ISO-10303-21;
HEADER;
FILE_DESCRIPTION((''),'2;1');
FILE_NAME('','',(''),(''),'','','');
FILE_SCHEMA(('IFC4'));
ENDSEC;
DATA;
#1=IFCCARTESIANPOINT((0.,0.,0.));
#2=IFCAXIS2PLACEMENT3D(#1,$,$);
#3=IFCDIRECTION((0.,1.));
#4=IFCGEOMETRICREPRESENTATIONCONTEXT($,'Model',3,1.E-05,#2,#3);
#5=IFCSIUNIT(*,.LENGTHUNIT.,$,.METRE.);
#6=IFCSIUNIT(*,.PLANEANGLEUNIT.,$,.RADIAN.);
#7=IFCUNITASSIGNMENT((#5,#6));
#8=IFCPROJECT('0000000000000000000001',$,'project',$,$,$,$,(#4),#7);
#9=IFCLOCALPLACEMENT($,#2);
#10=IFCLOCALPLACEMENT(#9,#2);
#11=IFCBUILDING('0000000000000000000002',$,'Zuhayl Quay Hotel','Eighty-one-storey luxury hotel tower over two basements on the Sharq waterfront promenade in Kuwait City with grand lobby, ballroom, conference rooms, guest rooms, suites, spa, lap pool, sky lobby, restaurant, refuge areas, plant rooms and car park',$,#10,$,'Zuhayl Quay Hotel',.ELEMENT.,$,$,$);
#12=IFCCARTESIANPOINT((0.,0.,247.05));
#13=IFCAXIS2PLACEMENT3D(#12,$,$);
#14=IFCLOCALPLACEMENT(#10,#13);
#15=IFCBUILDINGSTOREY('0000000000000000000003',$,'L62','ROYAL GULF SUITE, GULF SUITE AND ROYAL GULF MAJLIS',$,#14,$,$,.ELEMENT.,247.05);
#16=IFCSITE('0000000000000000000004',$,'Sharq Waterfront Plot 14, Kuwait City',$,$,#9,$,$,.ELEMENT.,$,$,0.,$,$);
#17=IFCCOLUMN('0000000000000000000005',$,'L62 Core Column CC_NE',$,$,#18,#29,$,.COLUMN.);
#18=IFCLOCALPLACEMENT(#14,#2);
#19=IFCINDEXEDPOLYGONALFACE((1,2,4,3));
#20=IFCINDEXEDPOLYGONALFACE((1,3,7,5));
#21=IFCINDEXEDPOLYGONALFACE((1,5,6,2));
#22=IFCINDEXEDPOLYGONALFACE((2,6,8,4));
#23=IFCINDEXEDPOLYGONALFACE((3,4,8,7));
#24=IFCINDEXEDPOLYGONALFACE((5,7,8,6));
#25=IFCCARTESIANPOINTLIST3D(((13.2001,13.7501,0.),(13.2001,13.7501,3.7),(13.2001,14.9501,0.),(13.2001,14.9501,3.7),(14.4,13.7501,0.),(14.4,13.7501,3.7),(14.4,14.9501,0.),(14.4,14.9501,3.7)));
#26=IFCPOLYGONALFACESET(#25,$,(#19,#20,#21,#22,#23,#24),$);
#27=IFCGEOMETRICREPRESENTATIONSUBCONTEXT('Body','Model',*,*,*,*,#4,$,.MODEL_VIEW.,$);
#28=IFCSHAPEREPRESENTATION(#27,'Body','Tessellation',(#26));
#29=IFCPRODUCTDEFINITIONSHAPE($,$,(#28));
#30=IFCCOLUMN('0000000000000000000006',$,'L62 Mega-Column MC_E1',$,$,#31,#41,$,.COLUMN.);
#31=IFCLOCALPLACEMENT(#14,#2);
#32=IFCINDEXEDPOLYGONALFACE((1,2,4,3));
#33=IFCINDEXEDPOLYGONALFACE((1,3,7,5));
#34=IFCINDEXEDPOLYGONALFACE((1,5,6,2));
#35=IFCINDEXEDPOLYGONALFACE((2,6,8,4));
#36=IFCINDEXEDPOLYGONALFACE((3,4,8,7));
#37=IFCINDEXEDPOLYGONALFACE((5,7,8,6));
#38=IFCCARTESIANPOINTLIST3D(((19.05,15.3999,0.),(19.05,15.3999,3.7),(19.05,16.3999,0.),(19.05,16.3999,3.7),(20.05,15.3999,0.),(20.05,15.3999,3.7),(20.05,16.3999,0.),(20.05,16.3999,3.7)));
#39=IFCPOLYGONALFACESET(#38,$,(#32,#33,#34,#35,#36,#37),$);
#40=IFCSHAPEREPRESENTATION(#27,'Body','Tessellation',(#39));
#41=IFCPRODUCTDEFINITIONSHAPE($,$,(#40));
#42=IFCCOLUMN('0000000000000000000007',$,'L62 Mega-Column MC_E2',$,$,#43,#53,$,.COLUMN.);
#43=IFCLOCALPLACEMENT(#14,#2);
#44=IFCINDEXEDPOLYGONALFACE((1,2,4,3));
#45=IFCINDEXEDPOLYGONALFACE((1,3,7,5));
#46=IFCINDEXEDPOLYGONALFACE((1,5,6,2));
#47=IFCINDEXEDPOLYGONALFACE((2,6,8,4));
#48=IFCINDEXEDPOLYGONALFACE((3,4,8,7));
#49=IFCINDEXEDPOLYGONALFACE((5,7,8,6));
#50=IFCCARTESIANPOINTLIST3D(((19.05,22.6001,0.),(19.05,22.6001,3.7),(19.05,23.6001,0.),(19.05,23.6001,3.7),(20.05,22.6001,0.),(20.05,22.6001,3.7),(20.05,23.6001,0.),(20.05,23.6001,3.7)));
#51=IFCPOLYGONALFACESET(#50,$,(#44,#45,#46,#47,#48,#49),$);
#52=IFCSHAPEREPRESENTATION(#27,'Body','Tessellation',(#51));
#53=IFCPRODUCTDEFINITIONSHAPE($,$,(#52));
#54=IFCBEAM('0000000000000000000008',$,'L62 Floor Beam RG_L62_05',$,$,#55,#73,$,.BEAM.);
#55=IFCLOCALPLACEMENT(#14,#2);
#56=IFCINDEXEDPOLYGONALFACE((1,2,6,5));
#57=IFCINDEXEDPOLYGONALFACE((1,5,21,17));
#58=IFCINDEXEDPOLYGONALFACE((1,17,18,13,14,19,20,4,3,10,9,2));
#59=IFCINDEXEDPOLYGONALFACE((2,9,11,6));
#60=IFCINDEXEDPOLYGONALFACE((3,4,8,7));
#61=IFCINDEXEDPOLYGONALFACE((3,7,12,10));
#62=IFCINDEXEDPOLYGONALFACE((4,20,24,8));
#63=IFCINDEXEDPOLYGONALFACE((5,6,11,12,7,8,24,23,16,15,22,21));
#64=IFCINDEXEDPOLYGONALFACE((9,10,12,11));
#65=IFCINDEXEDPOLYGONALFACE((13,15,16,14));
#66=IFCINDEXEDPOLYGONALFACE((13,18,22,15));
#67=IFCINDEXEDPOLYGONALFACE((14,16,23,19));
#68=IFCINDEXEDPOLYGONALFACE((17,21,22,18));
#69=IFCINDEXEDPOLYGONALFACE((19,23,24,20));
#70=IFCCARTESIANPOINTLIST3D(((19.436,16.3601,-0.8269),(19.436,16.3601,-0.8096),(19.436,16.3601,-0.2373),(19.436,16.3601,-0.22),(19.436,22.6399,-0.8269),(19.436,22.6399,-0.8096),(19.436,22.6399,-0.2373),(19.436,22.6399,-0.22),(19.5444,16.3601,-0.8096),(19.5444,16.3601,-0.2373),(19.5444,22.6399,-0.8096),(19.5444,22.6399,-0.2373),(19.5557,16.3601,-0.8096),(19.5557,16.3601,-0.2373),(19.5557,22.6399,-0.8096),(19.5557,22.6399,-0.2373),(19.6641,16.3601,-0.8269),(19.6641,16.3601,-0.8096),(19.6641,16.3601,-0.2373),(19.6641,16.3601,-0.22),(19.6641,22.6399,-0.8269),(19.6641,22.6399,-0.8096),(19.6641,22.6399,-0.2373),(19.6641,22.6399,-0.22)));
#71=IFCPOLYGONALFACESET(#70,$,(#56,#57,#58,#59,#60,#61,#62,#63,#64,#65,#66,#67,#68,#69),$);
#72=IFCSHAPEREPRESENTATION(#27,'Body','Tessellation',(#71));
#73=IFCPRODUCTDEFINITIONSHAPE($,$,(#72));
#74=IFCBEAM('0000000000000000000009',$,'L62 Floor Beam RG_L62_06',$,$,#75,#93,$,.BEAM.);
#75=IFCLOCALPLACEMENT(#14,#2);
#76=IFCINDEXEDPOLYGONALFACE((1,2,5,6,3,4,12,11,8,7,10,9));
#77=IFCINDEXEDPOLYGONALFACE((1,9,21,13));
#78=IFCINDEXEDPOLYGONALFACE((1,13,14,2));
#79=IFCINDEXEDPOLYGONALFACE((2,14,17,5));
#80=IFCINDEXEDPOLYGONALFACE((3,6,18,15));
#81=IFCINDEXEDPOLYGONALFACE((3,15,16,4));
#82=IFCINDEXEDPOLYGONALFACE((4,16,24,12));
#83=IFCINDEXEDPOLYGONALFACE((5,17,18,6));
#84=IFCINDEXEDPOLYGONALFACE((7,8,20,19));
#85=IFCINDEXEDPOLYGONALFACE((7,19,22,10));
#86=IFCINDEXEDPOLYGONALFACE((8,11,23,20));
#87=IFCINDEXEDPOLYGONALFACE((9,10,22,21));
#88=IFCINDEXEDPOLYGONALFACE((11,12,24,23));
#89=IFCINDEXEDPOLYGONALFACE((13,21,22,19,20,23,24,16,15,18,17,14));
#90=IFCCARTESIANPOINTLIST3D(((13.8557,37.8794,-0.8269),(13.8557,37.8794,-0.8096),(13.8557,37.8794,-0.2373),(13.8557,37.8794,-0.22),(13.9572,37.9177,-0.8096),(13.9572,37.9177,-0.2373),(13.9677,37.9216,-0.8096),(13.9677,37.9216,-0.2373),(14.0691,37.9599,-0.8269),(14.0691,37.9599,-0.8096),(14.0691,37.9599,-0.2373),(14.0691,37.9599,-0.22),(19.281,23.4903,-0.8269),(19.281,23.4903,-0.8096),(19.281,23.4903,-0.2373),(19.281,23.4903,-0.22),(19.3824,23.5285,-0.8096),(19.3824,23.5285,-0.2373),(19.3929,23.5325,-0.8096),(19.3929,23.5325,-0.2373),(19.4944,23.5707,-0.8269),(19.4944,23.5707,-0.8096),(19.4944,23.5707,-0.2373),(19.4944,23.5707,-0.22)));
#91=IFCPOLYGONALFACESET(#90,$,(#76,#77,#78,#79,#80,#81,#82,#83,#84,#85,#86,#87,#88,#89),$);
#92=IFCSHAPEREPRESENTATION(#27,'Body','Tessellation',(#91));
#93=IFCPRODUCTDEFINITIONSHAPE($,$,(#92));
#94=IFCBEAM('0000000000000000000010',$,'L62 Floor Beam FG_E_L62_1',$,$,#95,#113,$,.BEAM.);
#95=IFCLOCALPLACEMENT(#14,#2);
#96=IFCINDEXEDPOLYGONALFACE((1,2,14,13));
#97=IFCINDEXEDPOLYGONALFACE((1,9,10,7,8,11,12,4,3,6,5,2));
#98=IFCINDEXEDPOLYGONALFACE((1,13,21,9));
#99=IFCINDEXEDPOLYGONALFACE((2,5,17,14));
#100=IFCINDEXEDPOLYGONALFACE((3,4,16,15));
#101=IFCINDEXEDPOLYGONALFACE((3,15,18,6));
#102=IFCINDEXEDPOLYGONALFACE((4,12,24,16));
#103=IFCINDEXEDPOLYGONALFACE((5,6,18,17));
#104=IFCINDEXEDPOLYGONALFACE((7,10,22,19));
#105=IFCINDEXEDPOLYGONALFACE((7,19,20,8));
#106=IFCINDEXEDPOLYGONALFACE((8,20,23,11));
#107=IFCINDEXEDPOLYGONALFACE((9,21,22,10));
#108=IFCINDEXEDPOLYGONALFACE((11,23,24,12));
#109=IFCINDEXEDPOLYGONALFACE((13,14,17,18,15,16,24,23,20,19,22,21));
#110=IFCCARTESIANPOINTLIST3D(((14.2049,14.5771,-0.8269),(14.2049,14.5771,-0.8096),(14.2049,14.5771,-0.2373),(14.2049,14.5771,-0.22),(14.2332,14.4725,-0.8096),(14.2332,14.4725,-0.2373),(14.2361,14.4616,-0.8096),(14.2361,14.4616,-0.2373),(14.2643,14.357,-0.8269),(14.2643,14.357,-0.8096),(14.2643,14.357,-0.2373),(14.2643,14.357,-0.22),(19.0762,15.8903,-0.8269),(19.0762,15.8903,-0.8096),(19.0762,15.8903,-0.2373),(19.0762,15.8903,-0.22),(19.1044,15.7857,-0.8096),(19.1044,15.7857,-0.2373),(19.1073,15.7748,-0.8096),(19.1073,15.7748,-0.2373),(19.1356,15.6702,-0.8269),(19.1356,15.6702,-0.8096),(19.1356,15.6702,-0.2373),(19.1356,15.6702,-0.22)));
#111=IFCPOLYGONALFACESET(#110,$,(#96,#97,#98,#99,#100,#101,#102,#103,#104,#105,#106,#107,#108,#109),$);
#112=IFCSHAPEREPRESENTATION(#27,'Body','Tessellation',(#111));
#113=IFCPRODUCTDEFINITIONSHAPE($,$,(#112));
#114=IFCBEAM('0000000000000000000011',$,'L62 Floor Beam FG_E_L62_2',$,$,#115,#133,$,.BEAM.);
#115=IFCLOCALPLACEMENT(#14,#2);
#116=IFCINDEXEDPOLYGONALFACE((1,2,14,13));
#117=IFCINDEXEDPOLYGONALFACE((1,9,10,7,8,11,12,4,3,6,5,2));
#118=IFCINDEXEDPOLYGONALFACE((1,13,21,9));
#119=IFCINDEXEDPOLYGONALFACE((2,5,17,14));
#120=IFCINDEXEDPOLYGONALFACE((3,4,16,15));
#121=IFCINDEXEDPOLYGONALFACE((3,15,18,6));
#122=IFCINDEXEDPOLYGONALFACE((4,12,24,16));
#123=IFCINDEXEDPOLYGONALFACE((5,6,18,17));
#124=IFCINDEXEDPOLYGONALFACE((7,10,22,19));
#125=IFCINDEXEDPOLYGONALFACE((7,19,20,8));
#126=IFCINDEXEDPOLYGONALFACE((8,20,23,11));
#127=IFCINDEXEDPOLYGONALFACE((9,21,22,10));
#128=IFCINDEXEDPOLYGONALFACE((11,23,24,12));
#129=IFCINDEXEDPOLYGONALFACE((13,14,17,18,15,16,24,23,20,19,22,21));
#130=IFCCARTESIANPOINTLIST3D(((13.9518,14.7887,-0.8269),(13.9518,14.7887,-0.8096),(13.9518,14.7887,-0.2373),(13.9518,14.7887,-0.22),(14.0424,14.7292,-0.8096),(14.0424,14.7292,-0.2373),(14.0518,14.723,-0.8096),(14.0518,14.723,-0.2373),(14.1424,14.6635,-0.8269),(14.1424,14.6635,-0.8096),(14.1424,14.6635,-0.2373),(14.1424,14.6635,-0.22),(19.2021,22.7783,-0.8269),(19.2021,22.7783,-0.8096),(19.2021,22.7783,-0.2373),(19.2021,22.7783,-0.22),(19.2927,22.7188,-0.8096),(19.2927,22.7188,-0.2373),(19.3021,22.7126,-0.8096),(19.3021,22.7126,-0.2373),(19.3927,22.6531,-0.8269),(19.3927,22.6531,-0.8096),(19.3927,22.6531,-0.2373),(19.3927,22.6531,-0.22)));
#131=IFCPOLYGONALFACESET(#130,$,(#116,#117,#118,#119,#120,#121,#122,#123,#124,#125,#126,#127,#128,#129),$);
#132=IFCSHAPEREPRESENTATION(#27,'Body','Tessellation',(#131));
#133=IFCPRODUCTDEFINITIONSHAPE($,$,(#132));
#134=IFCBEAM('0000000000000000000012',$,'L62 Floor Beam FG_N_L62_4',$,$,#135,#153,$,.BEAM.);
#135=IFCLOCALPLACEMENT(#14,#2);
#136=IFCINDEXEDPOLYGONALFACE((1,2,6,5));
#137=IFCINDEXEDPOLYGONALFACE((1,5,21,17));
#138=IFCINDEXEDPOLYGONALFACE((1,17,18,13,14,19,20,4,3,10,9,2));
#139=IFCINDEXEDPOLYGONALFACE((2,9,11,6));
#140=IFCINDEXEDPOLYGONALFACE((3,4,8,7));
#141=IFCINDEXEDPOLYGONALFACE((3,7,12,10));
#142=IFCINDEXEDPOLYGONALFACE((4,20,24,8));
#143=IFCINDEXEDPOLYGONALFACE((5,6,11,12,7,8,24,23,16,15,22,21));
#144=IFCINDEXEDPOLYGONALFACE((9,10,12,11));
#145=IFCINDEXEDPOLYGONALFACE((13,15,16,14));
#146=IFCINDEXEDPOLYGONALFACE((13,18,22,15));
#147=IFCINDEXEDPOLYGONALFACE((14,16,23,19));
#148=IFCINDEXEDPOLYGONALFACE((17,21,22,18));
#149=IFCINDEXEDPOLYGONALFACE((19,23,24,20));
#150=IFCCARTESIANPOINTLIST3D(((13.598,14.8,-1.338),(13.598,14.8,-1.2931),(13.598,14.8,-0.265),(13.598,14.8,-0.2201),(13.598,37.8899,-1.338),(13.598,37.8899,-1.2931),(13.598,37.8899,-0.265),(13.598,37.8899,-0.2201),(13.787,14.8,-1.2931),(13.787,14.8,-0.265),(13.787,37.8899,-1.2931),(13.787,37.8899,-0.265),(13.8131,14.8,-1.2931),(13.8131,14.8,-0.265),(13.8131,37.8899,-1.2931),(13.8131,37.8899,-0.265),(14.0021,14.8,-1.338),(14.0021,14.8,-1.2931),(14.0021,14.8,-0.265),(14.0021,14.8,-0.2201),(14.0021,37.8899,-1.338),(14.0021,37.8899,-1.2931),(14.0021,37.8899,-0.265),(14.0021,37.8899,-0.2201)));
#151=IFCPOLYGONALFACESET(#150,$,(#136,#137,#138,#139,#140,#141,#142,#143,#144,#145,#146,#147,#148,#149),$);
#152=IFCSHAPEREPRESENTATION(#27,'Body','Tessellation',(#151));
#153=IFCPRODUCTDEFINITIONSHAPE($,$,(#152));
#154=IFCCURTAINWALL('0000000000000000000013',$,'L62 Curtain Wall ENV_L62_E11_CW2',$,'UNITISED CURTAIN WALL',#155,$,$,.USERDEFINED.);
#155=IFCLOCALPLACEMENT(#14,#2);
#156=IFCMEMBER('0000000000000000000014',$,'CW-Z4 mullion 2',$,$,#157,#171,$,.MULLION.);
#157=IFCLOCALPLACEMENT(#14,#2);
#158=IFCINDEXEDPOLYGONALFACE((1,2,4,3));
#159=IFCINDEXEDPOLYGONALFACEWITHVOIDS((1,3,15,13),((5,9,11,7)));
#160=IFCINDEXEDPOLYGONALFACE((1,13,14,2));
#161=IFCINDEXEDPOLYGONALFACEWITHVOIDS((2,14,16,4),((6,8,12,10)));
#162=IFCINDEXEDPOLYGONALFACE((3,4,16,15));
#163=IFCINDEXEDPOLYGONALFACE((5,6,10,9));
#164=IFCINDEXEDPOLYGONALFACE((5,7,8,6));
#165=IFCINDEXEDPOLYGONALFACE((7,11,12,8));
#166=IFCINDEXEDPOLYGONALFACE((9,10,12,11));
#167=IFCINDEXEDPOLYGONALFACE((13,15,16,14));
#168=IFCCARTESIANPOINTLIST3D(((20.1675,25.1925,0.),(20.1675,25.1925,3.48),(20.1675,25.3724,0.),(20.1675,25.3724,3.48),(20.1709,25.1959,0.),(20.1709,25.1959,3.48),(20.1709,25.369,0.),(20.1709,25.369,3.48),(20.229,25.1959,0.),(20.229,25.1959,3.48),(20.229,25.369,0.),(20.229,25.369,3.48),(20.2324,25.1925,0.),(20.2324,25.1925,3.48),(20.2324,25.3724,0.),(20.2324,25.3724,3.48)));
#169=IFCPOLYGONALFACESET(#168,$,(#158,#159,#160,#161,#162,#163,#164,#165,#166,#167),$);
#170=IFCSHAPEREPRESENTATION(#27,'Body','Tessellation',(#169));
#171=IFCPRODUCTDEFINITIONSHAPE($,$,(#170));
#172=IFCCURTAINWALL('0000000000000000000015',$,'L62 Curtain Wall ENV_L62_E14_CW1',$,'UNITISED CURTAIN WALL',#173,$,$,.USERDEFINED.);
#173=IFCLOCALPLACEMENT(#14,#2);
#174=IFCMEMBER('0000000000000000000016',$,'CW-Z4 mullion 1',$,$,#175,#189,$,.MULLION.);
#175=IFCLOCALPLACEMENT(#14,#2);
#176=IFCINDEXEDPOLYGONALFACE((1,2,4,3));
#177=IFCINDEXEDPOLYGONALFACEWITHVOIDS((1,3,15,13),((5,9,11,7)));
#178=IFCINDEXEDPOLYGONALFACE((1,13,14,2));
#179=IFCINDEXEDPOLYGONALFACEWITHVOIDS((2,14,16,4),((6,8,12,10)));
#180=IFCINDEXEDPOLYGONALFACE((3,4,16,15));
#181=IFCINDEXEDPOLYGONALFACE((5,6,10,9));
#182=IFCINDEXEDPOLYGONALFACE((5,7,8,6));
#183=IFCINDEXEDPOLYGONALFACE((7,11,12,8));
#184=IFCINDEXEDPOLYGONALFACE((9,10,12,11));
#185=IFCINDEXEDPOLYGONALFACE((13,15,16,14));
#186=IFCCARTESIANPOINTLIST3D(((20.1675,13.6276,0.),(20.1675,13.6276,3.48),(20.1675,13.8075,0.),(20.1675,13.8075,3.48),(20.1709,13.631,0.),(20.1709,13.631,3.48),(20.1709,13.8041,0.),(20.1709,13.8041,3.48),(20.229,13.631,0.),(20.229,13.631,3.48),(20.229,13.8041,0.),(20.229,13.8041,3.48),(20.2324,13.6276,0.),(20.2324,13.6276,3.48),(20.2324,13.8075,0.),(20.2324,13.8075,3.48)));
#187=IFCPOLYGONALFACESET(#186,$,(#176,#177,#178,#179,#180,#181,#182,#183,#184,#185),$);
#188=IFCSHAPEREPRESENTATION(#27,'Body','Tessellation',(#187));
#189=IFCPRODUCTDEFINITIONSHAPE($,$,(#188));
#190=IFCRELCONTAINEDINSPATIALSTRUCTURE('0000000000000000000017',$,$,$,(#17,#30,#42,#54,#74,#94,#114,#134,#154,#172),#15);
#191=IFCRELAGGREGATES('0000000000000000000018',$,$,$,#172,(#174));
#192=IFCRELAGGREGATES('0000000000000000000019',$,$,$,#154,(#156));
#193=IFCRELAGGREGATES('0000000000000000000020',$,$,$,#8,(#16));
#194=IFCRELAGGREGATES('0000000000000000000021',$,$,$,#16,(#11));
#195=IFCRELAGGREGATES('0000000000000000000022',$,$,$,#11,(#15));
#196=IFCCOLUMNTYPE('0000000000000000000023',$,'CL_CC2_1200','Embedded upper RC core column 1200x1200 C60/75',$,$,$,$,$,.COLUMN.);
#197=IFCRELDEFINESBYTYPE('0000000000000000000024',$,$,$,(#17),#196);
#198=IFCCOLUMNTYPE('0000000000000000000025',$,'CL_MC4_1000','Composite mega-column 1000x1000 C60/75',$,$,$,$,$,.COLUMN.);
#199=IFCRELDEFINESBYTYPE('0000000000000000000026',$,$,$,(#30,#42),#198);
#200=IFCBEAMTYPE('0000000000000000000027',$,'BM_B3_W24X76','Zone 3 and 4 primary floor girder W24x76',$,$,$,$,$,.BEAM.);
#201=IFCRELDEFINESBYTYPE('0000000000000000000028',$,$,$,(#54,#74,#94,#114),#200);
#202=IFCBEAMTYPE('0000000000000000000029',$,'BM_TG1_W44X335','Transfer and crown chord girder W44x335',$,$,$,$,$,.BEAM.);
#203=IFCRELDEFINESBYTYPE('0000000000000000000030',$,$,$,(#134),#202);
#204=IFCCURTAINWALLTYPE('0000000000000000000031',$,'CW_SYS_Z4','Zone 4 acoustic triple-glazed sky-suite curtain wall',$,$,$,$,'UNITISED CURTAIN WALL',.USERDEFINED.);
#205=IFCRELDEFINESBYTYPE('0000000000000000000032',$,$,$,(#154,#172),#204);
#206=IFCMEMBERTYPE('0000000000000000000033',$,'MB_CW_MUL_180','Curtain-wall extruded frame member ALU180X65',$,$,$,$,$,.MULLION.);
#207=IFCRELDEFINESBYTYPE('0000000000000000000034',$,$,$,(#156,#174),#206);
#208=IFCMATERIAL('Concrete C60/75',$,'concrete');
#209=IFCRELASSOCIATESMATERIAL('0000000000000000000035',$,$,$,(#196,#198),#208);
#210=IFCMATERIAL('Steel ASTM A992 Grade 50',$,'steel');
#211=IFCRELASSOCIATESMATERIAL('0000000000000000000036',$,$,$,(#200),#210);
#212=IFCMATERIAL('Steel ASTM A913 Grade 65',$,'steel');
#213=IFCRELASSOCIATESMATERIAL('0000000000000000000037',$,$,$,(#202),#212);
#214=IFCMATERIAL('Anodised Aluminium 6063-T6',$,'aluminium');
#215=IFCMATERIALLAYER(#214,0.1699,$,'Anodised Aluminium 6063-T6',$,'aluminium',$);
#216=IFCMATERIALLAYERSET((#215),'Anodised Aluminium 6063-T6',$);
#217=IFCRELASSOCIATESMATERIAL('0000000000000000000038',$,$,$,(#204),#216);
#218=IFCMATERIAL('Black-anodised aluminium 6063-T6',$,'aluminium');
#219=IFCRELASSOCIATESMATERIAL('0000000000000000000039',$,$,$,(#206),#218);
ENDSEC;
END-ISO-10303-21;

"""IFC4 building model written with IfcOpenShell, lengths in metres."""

from ifc_helpers import new_model, si_unit, direction, frame, origin, origin_2d, place, context, subcontext, project, spatial, rectangle, hollow_rectangle, i_section, extrude, material, layer, layer_set, material_profile, profile_set, type_object, element, aggregate, save


model = new_model("IFC4")

# Units and contexts
model_context = context("Model", 3, precision=1e-05, world=origin(), true_north=direction((0.0, 1.0)))
body_context = subcontext(model_context, "Body", "Model", "MODEL_VIEW")
ifc_project = project(units=[si_unit("LENGTHUNIT", "METRE"), si_unit("PLANEANGLEUNIT", "RADIAN")], contexts=[model_context])

# Site, building, storey
site_placement = place(None, origin())
site = spatial("IfcSite", under=ifc_project, at=site_placement, Name="Sharq Waterfront Plot 14, Kuwait City", CompositionType="ELEMENT", RefElevation=0.0)
building_placement = place(site_placement, origin())
building = spatial("IfcBuilding", under=site, at=building_placement, Name="Zuhayl Quay Hotel", Description="Eighty-one-storey luxury hotel tower over two basements on the Sharq waterfront promenade in Kuwait City with grand lobby, ballroom, conference rooms, guest rooms, suites, spa, lap pool, sky lobby, restaurant, refuge areas, plant rooms and car park", LongName="Zuhayl Quay Hotel", CompositionType="ELEMENT")
storey_placement = place(building_placement, frame((0.0, 0.0, 247.05)))
storey = spatial("IfcBuildingStorey", under=building, at=storey_placement, Name="L62", Description="ROYAL GULF SUITE, GULF SUITE AND ROYAL GULF MAJLIS", CompositionType="ELEMENT", Elevation=247.05)

# Columns
ifc_material_1 = material(Name="Concrete C60/75", Category="concrete")
ifc_material_profile_1 = material_profile(ifc_material_1, rectangle(XDim=1.2, YDim=1.2, at=origin_2d()), Name="RC1200X1200")
ifc_profile_set_1 = profile_set([ifc_material_profile_1], Name="Concrete C60/75")
column_type_1 = type_object("IfcColumnType", Name="CL_CC2_1200", Description="Embedded upper RC core column 1200x1200 C60/75", PredefinedType="COLUMN", material=ifc_profile_set_1)
column_placement = place(storey_placement, frame((13.8, 14.3501, 0.0), z_axis=(0.0, 0.0, 1.0), x_axis=(1.0, 0.0, 0.0)))
element("IfcColumn", 1, at=column_placement, inside=storey, type_object=column_type_1, Name="L62 Core Column CC_NE", PredefinedType="COLUMN", context=body_context, shape_type="SweptSolid", body=[
    extrude(rectangle(XDim=1.2, YDim=1.2, at=origin_2d()), origin(), (0.0, 0.0, 1.0), 3.7),
])
ifc_material_profile_2 = material_profile(ifc_material_1, rectangle(XDim=1.0, YDim=1.0, at=origin_2d()), Name="RC1000X1000")
ifc_profile_set_2 = profile_set([ifc_material_profile_2], Name="Concrete C60/75")
column_type_2 = type_object("IfcColumnType", Name="CL_MC4_1000", Description="Composite mega-column 1000x1000 C60/75", PredefinedType="COLUMN", material=ifc_profile_set_2)
for number, where, z_axis, x_axis, name in (
    (2, (19.55, 15.8999, 0.0), (0.0, 0.0, 1.0), (1.0, 0.0, 0.0), "L62 Mega-Column MC_E1"),
    (3, (19.55, 23.1001, 0.0), (0.0, 0.0, 1.0), (1.0, 0.0, 0.0), "L62 Mega-Column MC_E2"),
):
    element("IfcColumn", number, at=place(storey_placement, frame(where, z_axis=z_axis, x_axis=x_axis)), inside=storey, type_object=column_type_2, Name=name, PredefinedType="COLUMN", context=body_context, shape_type="SweptSolid", body=[
        extrude(rectangle(XDim=1.0, YDim=1.0, at=origin_2d()), origin(), (0.0, 0.0, 1.0), 3.7),
    ])

# Beams
ifc_material_2 = material(Name="Steel ASTM A992 Grade 50", Category="steel")
ifc_material_profile_3 = material_profile(ifc_material_2, i_section(OverallWidth=0.228, OverallDepth=0.6069, WebThickness=0.0112, FlangeThickness=0.0173, at=origin_2d()), Name="W24X76")
ifc_profile_set_3 = profile_set([ifc_material_profile_3], Name="Steel ASTM A992 Grade 50")
beam_type_1 = type_object("IfcBeamType", Name="BM_B3_W24X76", Description="Zone 3 and 4 primary floor girder W24x76", PredefinedType="BEAM", material=ifc_profile_set_3)
beam_1_placement = place(storey_placement, frame((19.55, 16.3601, -0.5234), z_axis=(0.0, 1.0, 0.0), x_axis=(-1.0, 0.0, 0.0)))
element("IfcBeam", 4, at=beam_1_placement, inside=storey, type_object=beam_type_1, Name="L62 Floor Beam RG_L62_05", PredefinedType="BEAM", context=body_context, shape_type="SweptSolid", body=[
    extrude(i_section(OverallWidth=0.228, OverallDepth=0.6069, WebThickness=0.0112, FlangeThickness=0.0173, at=origin_2d()), origin(), (0.0, 0.0, 1.0), 6.2798),
])
beam_2_placement = place(storey_placement, frame((19.3877, 23.5305, -0.5234), z_axis=(-0.352797, 0.9357, 0.0), x_axis=(-0.9357, -0.352797, 0.0)))
element("IfcBeam", 5, at=beam_2_placement, inside=storey, type_object=beam_type_1, Name="L62 Floor Beam RG_L62_06", PredefinedType="BEAM", context=body_context, shape_type="SweptSolid", body=[
    extrude(i_section(OverallWidth=0.228, OverallDepth=0.6069, WebThickness=0.0112, FlangeThickness=0.0173, at=origin_2d()), origin(), (0.0, 0.0, 1.0), 15.3779),
])
beam_3_placement = place(storey_placement, frame((14.2346, 14.467, -0.5234), z_axis=(0.96553, 0.260291, 0.0), x_axis=(-0.260291, 0.96553, 0.0)))
element("IfcBeam", 6, at=beam_3_placement, inside=storey, type_object=beam_type_1, Name="L62 Floor Beam FG_E_L62_1", PredefinedType="BEAM", context=body_context, shape_type="SweptSolid", body=[
    extrude(i_section(OverallWidth=0.228, OverallDepth=0.6069, WebThickness=0.0112, FlangeThickness=0.0173, at=origin_2d()), origin(), (0.0, 0.0, 1.0), 5.0452),
])
beam_4_placement = place(storey_placement, frame((14.0471, 14.7261, -0.5234), z_axis=(0.549178, 0.835705, 0.0), x_axis=(-0.835705, 0.549178, 0.0)))
element("IfcBeam", 7, at=beam_4_placement, inside=storey, type_object=beam_type_1, Name="L62 Floor Beam FG_E_L62_2", PredefinedType="BEAM", context=body_context, shape_type="SweptSolid", body=[
    extrude(i_section(OverallWidth=0.228, OverallDepth=0.6069, WebThickness=0.0112, FlangeThickness=0.0173, at=origin_2d()), origin(), (0.0, 0.0, 1.0), 9.5603),
])
ifc_material_3 = material(Name="Steel ASTM A913 Grade 65", Category="steel")
ifc_material_profile_4 = material_profile(ifc_material_3, i_section(OverallWidth=0.4041, OverallDepth=1.1179, WebThickness=0.0261, FlangeThickness=0.0449, at=origin_2d()), Name="W44X335")
ifc_profile_set_4 = profile_set([ifc_material_profile_4], Name="Steel ASTM A913 Grade 65")
beam_type_2 = type_object("IfcBeamType", Name="BM_TG1_W44X335", Description="Transfer and crown chord girder W44x335", PredefinedType="BEAM", material=ifc_profile_set_4)
beam_5_placement = place(storey_placement, frame((13.8, 14.8, -0.7791), z_axis=(0.0, 1.0, 0.0), x_axis=(-1.0, 0.0, 0.0)))
element("IfcBeam", 8, at=beam_5_placement, inside=storey, type_object=beam_type_2, Name="L62 Floor Beam FG_N_L62_4", PredefinedType="BEAM", context=body_context, shape_type="SweptSolid", body=[
    extrude(i_section(OverallWidth=0.4041, OverallDepth=1.1179, WebThickness=0.0261, FlangeThickness=0.0449, at=origin_2d()), origin(), (0.0, 0.0, 1.0), 23.0898),
])

# Curtain wall, member
ifc_material_4 = material(Name="Anodised Aluminium 6063-T6", Category="aluminium")
ifc_layer_1 = layer(ifc_material_4, 0.1699, Name="Anodised Aluminium 6063-T6", Category="aluminium")
ifc_layer_set_1 = layer_set([ifc_layer_1], Name="Anodised Aluminium 6063-T6")
curtain_wall_type = type_object("IfcCurtainWallType", Name="CW_SYS_Z4", Description="Zone 4 acoustic triple-glazed sky-suite curtain wall", ElementType="UNITISED CURTAIN WALL", PredefinedType="USERDEFINED", material=ifc_layer_set_1)
curtain_wall_1_placement = place(storey_placement, origin())
curtain_wall_1 = element("IfcCurtainWall", 9, at=curtain_wall_1_placement, inside=storey, type_object=curtain_wall_type, Name="L62 Curtain Wall ENV_L62_E11_CW2", ObjectType="UNITISED CURTAIN WALL", PredefinedType="USERDEFINED")
ifc_material_5 = material(Name="Black-anodised aluminium 6063-T6", Category="aluminium")
ifc_material_profile_5 = material_profile(ifc_material_5, hollow_rectangle(XDim=0.0649, YDim=0.1799, WallThickness=0.0034, at=origin_2d()), Name="ALU180X65")
ifc_profile_set_5 = profile_set([ifc_material_profile_5], Name="Black-anodised aluminium 6063-T6")
member_type_1 = type_object("IfcMemberType", Name="MB_CW_MUL_180", Description="Curtain-wall extruded frame member ALU180X65", PredefinedType="MULLION", material=ifc_profile_set_5)
member_1_placement = place(storey_placement, frame((20.2, 25.2825, 0.0), z_axis=(0.0, 0.0, 1.0), x_axis=(1.0, 0.0, 0.0)))
member_1 = element("IfcMember", 10, at=member_1_placement, type_object=member_type_1, Name="CW-Z4 mullion 2", PredefinedType="MULLION", context=body_context, shape_type="SweptSolid", body=[
    extrude(hollow_rectangle(XDim=0.0649, YDim=0.1799, WallThickness=0.0034, at=origin_2d()), origin(), (0.0, 0.0, 1.0), 3.48),
])

# Curtain wall, member
curtain_wall_2_placement = place(storey_placement, origin())
curtain_wall_2 = element("IfcCurtainWall", 11, at=curtain_wall_2_placement, inside=storey, type_object=curtain_wall_type, Name="L62 Curtain Wall ENV_L62_E14_CW1", ObjectType="UNITISED CURTAIN WALL", PredefinedType="USERDEFINED")
member_2_placement = place(storey_placement, frame((20.2, 13.7175, 0.0), z_axis=(0.0, 0.0, 1.0), x_axis=(1.0, 0.0, 0.0)))
member_2 = element("IfcMember", 12, at=member_2_placement, type_object=member_type_1, Name="CW-Z4 mullion 1", PredefinedType="MULLION", context=body_context, shape_type="SweptSolid", body=[
    extrude(hollow_rectangle(XDim=0.0649, YDim=0.1799, WallThickness=0.0034, at=origin_2d()), origin(), (0.0, 0.0, 1.0), 3.48),
])
aggregate(curtain_wall_2, [member_2])

aggregate(curtain_wall_1, [member_1])

save(model, "model.ifc")
